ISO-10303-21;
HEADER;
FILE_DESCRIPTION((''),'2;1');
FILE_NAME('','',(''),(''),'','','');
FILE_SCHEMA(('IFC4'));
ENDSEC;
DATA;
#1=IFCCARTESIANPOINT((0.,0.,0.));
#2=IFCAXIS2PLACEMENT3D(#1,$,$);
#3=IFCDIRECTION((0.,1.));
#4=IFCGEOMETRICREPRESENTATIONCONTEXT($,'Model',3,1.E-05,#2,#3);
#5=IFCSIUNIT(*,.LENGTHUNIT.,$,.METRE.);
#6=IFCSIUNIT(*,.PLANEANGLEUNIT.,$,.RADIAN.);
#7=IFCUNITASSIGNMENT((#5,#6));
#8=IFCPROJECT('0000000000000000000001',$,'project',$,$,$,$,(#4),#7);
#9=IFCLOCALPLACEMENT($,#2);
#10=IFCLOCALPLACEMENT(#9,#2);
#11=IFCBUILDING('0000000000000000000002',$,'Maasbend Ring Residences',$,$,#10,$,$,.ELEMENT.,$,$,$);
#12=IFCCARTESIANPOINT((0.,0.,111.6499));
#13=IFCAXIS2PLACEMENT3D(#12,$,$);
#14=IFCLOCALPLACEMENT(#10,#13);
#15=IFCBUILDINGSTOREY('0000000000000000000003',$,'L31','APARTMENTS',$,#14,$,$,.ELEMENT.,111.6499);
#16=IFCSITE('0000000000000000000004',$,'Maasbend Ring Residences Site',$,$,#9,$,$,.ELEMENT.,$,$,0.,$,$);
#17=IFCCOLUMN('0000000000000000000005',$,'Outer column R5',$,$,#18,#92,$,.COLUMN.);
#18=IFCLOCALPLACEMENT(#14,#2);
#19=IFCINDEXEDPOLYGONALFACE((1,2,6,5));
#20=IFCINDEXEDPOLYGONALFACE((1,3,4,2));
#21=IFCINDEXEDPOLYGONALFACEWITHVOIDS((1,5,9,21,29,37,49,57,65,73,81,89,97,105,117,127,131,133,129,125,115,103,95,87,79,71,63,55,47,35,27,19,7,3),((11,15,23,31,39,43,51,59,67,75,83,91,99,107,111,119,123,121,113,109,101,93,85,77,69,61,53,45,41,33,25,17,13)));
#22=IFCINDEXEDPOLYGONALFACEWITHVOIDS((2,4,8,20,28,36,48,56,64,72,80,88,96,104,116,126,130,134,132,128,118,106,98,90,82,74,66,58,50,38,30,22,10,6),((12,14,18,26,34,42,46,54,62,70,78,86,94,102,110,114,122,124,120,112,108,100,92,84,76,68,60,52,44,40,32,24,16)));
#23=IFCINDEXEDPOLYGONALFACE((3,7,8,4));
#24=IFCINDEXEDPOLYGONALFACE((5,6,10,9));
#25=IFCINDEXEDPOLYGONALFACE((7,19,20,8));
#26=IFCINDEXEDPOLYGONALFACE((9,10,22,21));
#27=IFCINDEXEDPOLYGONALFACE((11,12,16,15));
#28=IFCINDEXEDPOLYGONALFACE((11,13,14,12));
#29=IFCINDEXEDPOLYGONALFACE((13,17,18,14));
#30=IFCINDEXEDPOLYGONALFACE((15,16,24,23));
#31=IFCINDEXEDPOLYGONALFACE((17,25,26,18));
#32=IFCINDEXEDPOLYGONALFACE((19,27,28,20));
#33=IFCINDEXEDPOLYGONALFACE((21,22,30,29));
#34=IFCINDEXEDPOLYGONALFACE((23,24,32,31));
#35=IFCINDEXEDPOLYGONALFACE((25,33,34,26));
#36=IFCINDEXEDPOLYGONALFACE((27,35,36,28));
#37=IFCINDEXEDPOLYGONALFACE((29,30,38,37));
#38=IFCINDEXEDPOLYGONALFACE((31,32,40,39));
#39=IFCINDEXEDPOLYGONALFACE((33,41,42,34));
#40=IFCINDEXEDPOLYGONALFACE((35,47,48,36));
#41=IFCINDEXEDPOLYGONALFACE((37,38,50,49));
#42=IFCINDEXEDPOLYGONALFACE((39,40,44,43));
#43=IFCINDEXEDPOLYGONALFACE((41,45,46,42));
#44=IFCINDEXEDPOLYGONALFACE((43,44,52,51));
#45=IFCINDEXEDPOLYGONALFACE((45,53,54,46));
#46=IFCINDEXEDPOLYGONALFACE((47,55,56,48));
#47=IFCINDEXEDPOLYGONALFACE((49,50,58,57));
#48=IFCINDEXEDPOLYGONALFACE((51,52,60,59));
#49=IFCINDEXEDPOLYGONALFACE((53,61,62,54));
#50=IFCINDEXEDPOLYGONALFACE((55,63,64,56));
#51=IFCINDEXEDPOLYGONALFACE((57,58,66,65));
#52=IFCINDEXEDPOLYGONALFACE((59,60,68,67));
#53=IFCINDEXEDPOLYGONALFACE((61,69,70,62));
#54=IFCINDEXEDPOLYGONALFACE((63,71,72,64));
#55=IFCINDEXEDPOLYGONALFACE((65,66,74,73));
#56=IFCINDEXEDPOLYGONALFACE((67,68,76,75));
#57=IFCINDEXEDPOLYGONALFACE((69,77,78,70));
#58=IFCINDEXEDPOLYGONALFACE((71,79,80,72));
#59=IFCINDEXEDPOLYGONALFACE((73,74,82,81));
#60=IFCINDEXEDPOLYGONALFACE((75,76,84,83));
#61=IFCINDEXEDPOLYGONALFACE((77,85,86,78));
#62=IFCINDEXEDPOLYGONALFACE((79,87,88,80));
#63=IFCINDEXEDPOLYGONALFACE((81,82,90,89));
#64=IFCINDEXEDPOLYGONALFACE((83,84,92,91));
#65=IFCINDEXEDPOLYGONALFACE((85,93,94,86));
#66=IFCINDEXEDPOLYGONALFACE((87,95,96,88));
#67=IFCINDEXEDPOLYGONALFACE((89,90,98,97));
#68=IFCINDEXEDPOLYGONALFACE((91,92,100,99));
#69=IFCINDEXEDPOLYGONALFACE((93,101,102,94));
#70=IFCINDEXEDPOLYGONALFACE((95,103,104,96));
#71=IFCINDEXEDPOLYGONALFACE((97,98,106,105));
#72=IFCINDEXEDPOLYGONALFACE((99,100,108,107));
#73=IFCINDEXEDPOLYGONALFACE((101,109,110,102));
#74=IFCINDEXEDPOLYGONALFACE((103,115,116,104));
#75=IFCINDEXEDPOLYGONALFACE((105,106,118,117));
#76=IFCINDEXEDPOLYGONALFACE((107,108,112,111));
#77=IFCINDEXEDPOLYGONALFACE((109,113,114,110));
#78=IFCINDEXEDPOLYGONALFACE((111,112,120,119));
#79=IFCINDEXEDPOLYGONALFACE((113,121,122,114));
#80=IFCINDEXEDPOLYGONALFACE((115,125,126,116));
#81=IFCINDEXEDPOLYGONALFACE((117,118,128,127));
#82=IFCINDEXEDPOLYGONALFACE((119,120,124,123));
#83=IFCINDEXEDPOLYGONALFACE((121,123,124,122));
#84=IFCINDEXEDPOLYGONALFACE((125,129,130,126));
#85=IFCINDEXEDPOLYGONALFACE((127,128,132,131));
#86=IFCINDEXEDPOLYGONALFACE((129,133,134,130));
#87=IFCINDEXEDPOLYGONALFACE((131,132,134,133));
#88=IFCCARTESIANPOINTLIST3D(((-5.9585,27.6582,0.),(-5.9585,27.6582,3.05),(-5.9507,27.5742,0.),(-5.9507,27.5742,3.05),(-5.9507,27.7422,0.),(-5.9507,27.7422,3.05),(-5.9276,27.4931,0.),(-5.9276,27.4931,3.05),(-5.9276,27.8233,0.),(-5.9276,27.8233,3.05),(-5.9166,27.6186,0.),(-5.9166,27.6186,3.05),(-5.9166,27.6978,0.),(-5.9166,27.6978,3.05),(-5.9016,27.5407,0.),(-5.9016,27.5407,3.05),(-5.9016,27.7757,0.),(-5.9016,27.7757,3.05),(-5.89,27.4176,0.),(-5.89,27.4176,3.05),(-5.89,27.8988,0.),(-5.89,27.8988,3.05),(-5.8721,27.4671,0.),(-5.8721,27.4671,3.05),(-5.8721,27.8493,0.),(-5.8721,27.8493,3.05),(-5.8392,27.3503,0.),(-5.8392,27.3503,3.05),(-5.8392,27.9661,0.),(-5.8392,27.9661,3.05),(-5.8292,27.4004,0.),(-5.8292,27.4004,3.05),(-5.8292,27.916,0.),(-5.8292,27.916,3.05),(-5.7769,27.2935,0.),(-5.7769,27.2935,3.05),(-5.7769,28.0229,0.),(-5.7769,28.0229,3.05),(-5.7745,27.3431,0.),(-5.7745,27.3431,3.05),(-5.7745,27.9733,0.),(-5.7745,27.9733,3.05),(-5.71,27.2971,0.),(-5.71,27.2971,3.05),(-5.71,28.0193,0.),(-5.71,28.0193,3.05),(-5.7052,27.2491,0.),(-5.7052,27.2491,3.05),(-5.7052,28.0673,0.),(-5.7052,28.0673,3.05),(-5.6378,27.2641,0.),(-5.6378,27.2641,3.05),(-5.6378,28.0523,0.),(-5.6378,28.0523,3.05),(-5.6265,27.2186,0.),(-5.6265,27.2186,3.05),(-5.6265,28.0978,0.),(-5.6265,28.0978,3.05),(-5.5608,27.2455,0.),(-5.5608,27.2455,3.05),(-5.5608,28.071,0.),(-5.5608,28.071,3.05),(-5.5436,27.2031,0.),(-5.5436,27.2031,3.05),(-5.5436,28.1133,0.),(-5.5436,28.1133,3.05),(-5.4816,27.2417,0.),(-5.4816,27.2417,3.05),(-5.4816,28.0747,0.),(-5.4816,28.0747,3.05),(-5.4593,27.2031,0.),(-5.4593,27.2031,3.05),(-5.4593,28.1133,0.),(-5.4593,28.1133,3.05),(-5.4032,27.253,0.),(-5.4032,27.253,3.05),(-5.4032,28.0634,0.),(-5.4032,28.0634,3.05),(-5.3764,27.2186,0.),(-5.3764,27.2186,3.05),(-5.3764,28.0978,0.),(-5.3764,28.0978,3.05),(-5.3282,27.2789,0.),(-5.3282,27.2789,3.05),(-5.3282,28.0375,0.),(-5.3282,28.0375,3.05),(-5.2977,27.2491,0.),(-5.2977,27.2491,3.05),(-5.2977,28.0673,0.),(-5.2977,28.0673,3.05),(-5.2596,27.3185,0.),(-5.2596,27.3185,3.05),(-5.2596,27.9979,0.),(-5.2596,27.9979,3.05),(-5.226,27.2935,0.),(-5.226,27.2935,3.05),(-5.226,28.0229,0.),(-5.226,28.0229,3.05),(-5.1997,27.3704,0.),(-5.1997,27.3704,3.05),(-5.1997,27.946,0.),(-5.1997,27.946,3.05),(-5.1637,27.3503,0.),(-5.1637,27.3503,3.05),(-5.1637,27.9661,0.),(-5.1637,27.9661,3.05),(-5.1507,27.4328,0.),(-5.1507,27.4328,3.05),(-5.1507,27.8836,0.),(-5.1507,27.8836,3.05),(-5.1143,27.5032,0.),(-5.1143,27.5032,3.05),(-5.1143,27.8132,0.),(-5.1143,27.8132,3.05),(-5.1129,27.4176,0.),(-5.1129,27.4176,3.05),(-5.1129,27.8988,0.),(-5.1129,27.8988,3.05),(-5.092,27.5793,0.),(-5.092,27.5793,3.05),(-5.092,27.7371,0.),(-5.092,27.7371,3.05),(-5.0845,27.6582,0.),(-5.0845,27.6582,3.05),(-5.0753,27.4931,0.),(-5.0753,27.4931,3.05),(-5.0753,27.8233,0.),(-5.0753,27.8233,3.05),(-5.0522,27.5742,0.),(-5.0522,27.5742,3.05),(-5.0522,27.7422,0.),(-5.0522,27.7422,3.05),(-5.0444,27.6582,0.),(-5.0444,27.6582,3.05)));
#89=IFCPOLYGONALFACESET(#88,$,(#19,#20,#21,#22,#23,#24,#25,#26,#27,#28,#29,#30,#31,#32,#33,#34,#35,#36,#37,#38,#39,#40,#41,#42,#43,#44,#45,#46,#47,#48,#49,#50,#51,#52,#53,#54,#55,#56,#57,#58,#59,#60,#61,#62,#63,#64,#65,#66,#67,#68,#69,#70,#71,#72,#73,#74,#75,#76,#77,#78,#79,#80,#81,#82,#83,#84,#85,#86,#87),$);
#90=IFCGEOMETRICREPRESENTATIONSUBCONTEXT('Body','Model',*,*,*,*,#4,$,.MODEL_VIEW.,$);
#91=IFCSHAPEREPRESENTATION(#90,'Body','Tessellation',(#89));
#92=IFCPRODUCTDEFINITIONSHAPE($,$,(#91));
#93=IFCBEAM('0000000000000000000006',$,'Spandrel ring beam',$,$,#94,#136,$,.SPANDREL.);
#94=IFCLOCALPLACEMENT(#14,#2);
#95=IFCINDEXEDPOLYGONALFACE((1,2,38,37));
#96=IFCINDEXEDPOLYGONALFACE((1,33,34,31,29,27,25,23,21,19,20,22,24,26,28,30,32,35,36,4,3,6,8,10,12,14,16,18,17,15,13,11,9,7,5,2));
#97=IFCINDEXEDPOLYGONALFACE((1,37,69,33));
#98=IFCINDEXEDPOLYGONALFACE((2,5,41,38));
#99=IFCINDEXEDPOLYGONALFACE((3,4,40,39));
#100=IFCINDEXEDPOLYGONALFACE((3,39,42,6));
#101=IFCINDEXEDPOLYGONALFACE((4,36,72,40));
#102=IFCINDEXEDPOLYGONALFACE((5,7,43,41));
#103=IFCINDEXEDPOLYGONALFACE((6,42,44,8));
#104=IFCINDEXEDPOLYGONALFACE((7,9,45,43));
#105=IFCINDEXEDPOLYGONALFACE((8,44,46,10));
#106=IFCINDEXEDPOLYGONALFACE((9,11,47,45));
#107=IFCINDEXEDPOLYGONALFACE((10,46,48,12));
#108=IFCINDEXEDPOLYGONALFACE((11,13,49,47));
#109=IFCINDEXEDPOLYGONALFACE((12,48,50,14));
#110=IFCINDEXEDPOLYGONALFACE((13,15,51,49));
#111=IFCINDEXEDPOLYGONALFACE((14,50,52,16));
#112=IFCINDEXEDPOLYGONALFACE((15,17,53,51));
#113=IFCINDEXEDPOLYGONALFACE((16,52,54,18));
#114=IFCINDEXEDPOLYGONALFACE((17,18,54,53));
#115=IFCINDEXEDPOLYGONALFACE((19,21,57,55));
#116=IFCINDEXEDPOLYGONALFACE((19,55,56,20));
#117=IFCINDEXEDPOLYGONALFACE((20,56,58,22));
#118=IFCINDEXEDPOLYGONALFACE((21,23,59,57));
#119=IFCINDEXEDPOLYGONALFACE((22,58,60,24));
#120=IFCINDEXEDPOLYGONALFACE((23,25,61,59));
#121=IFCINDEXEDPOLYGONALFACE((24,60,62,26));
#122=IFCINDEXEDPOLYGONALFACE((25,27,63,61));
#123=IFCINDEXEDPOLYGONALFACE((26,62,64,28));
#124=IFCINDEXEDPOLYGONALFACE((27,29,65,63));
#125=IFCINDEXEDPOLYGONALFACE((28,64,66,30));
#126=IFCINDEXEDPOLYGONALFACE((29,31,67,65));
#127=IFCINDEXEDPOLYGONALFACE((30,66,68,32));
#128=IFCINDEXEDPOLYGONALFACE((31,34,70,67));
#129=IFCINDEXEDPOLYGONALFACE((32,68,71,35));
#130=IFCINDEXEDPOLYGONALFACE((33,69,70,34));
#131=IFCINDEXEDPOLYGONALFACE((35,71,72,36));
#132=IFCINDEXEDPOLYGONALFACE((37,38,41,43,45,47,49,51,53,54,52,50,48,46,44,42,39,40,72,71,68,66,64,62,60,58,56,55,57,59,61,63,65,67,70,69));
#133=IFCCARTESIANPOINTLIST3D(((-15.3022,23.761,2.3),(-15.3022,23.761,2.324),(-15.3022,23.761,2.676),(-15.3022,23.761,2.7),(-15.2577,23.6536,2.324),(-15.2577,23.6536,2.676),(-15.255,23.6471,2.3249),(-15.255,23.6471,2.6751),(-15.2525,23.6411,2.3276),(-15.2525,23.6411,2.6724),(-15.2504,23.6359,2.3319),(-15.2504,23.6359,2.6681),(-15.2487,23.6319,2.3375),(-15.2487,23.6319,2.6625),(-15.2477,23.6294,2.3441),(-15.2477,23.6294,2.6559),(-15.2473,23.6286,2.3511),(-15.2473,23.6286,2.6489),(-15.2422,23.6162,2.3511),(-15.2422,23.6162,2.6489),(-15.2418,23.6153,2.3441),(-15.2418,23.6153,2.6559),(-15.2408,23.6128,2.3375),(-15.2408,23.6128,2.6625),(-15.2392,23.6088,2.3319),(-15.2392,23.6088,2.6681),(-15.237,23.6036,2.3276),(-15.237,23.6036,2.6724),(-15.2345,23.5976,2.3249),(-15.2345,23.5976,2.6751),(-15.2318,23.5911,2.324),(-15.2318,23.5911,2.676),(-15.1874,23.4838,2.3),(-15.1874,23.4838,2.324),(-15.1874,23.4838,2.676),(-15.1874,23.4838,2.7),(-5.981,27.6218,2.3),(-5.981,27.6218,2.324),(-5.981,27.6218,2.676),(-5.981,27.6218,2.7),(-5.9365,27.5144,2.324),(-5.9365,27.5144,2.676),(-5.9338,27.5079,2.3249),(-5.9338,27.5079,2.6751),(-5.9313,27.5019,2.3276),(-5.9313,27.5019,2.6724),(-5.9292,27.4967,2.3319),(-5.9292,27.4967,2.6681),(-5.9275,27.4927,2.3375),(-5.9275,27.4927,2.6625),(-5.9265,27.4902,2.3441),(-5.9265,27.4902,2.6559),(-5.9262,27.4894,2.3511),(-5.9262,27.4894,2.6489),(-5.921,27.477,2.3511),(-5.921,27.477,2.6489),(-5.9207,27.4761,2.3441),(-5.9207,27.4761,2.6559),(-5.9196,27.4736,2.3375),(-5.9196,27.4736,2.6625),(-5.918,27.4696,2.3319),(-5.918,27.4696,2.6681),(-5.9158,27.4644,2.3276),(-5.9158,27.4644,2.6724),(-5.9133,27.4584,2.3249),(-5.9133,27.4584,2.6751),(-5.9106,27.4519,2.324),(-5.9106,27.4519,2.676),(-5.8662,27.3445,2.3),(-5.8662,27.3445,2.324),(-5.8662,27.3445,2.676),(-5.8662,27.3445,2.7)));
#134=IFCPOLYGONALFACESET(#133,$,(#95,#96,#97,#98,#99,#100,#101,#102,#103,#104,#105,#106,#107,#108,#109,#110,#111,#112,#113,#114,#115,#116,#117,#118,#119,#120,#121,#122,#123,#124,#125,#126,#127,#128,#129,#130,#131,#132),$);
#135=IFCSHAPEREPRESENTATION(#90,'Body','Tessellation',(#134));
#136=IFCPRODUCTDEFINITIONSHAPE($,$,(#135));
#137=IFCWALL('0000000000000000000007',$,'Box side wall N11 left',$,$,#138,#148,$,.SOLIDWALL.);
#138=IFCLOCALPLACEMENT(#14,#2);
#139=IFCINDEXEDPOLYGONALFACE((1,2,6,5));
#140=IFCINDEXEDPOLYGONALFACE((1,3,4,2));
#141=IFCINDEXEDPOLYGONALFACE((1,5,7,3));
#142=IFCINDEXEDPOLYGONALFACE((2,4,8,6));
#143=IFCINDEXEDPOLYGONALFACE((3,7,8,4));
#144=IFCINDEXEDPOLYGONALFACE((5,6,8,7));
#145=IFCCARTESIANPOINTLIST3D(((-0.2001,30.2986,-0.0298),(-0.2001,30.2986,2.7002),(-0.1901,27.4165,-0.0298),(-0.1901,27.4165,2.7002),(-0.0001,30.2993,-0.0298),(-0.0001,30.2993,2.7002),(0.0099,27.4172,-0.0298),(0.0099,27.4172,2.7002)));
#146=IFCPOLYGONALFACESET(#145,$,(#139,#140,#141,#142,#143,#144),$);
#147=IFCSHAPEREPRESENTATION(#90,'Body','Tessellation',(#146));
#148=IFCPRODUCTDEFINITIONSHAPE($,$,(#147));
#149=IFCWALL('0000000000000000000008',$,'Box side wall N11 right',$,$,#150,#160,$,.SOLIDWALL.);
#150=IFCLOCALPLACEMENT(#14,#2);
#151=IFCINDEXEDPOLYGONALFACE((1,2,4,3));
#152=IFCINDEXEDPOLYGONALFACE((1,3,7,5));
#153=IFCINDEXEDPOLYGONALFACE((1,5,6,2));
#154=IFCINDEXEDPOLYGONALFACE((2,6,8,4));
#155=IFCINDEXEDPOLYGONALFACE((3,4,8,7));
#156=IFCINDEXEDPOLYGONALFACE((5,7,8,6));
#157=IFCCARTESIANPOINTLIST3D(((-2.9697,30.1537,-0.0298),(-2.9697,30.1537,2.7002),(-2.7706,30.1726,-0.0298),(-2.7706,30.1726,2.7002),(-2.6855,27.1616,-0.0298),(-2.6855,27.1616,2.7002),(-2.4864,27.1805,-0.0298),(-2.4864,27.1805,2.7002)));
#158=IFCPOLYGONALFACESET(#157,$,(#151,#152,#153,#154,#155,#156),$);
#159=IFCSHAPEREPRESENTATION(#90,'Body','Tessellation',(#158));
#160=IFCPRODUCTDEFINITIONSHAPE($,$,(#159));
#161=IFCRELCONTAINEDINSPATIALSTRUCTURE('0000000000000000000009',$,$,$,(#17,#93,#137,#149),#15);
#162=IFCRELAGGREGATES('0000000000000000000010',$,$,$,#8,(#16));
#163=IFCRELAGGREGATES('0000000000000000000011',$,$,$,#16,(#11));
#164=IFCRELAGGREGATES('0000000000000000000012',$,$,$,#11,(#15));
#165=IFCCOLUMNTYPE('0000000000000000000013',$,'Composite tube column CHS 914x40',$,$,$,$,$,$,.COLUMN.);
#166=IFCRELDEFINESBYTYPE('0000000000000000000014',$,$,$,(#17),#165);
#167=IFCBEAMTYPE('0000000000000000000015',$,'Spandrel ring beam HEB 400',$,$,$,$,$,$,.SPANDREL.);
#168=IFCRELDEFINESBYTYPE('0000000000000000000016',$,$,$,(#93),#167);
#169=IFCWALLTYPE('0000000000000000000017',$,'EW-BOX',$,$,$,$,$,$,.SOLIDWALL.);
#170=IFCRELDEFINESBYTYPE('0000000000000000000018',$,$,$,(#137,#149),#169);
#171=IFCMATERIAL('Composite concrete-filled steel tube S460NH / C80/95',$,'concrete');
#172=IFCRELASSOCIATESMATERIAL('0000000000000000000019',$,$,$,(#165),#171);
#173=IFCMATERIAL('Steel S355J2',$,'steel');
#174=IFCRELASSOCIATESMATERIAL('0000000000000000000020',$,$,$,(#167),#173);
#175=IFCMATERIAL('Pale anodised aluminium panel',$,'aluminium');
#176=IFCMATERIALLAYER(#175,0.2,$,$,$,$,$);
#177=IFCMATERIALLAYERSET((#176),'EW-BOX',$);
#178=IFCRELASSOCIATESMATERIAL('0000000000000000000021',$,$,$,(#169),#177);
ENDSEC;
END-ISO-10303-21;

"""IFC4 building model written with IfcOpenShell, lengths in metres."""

from ifc_helpers import new_model, si_unit, direction, frame, frame_2d, origin, origin_2d, place, context, subcontext, project, spatial, rectangle, hollow_circle, i_section, extrude, material, layer, layer_set, material_profile, profile_set, type_object, element, save


model = new_model("IFC4")

# Units and contexts
model_context = context("Model", 3, precision=1e-05, world=origin(), true_north=direction((0.0, 1.0)))
body_context = subcontext(model_context, "Body", "Model", "MODEL_VIEW")
ifc_project = project(units=[si_unit("LENGTHUNIT", "METRE"), si_unit("PLANEANGLEUNIT", "RADIAN")], contexts=[model_context])

# Site, building, storey
site_placement = place(None, origin())
site = spatial("IfcSite", under=ifc_project, at=site_placement, Name="Maasbend Ring Residences Site", CompositionType="ELEMENT", RefElevation=0.0)
building_placement = place(site_placement, origin())
building = spatial("IfcBuilding", under=site, at=building_placement, Name="Maasbend Ring Residences", CompositionType="ELEMENT")
storey_placement = place(building_placement, frame((0.0, 0.0, 111.6499)))
storey = spatial("IfcBuildingStorey", under=building, at=storey_placement, Name="L31", Description="APARTMENTS", CompositionType="ELEMENT", Elevation=111.6499)

# Column
ifc_material_1 = material(Name="Composite concrete-filled steel tube S460NH / C80/95", Category="concrete")
ifc_material_profile_1 = material_profile(ifc_material_1, hollow_circle(Radius=0.457, WallThickness=0.04, at=origin_2d()), Name="Composite tube column CHS 914x40")
ifc_profile_set_1 = profile_set([ifc_material_profile_1], Name="Composite concrete-filled steel tube S460NH / C80/95")
column_type = type_object("IfcColumnType", Name="Composite tube column CHS 914x40", PredefinedType="COLUMN", material=ifc_profile_set_1)
column_placement = place(storey_placement, frame((-5.5015, 27.6582, 0.0), z_axis=(0.0, 0.0, 1.0), x_axis=(1.0, 0.0, 0.0)))
element("IfcColumn", 1, at=column_placement, inside=storey, type_object=column_type, Name="Outer column R5", PredefinedType="COLUMN", context=body_context, shape_type="SweptSolid", body=[
    extrude(hollow_circle(Radius=0.457, WallThickness=0.04, at=origin_2d()), origin(), (0.0, 0.0, 1.0), 3.05),
])

# Beam
ifc_material_2 = material(Name="Steel S355J2", Category="steel")
ifc_material_profile_2 = material_profile(ifc_material_2, i_section(OverallWidth=0.3, OverallDepth=0.3999, WebThickness=0.0134, FlangeThickness=0.0239, FilletRadius=0.0271, at=origin_2d()), Name="HEB 400")
ifc_profile_set_2 = profile_set([ifc_material_profile_2], Name="Steel S355J2")
beam_type = type_object("IfcBeamType", Name="Spandrel ring beam HEB 400", PredefinedType="SPANDREL", material=ifc_profile_set_2)
beam_placement = place(storey_placement, frame((-5.9236, 27.4832, 2.5), z_axis=(-0.923885, -0.38267, 0.0), x_axis=(0.38267, -0.923885, 0.0)))
element("IfcBeam", 2, at=beam_placement, inside=storey, type_object=beam_type, Name="Spandrel ring beam", PredefinedType="SPANDREL", context=body_context, shape_type="SweptSolid", body=[
    extrude(i_section(OverallWidth=0.3, OverallDepth=0.3999, WebThickness=0.0134, FlangeThickness=0.0239, FilletRadius=0.0271, at=origin_2d()), origin(), (0.0, 0.0, 1.0), 10.0891),
])

# Walls
ifc_material_3 = material(Name="Pale anodised aluminium panel", Category="aluminium")
ifc_layer_1 = layer(ifc_material_3, 0.2)
ifc_layer_set_1 = layer_set([ifc_layer_1], Name="EW-BOX")
wall_type_1 = type_object("IfcWallType", Name="EW-BOX", PredefinedType="SOLIDWALL", material=ifc_layer_set_1)
wall_1_placement = place(storey_placement, frame((-0.0901, 27.417, -0.0298), z_axis=(0.0, 0.0, 1.0), x_axis=(-0.003473, 0.999994, 0.0)))
element("IfcWall", 3, at=wall_1_placement, inside=storey, type_object=wall_type_1, Name="Box side wall N11 left", PredefinedType="SOLIDWALL", context=body_context, shape_type="SweptSolid", body=[
    extrude(rectangle(XDim=2.8821, YDim=0.2, at=frame_2d((1.4409, 0.0))), origin(), (0.0, 0.0, 1.0), 2.73),
])
wall_2_placement = place(storey_placement, frame((-2.5859, 27.1709, -0.0298), z_axis=(0.0, 0.0, 1.0), x_axis=(-0.094548, 0.99552, 0.0)))
element("IfcWall", 4, at=wall_2_placement, inside=storey, type_object=wall_type_1, Name="Box side wall N11 right", PredefinedType="SOLIDWALL", context=body_context, shape_type="SweptSolid", body=[
    extrude(rectangle(XDim=3.0056, YDim=0.2, at=frame_2d((1.5029, 0.0))), origin(), (0.0, 0.0, 1.0), 2.73),
])

save(model, "model.ifc")
